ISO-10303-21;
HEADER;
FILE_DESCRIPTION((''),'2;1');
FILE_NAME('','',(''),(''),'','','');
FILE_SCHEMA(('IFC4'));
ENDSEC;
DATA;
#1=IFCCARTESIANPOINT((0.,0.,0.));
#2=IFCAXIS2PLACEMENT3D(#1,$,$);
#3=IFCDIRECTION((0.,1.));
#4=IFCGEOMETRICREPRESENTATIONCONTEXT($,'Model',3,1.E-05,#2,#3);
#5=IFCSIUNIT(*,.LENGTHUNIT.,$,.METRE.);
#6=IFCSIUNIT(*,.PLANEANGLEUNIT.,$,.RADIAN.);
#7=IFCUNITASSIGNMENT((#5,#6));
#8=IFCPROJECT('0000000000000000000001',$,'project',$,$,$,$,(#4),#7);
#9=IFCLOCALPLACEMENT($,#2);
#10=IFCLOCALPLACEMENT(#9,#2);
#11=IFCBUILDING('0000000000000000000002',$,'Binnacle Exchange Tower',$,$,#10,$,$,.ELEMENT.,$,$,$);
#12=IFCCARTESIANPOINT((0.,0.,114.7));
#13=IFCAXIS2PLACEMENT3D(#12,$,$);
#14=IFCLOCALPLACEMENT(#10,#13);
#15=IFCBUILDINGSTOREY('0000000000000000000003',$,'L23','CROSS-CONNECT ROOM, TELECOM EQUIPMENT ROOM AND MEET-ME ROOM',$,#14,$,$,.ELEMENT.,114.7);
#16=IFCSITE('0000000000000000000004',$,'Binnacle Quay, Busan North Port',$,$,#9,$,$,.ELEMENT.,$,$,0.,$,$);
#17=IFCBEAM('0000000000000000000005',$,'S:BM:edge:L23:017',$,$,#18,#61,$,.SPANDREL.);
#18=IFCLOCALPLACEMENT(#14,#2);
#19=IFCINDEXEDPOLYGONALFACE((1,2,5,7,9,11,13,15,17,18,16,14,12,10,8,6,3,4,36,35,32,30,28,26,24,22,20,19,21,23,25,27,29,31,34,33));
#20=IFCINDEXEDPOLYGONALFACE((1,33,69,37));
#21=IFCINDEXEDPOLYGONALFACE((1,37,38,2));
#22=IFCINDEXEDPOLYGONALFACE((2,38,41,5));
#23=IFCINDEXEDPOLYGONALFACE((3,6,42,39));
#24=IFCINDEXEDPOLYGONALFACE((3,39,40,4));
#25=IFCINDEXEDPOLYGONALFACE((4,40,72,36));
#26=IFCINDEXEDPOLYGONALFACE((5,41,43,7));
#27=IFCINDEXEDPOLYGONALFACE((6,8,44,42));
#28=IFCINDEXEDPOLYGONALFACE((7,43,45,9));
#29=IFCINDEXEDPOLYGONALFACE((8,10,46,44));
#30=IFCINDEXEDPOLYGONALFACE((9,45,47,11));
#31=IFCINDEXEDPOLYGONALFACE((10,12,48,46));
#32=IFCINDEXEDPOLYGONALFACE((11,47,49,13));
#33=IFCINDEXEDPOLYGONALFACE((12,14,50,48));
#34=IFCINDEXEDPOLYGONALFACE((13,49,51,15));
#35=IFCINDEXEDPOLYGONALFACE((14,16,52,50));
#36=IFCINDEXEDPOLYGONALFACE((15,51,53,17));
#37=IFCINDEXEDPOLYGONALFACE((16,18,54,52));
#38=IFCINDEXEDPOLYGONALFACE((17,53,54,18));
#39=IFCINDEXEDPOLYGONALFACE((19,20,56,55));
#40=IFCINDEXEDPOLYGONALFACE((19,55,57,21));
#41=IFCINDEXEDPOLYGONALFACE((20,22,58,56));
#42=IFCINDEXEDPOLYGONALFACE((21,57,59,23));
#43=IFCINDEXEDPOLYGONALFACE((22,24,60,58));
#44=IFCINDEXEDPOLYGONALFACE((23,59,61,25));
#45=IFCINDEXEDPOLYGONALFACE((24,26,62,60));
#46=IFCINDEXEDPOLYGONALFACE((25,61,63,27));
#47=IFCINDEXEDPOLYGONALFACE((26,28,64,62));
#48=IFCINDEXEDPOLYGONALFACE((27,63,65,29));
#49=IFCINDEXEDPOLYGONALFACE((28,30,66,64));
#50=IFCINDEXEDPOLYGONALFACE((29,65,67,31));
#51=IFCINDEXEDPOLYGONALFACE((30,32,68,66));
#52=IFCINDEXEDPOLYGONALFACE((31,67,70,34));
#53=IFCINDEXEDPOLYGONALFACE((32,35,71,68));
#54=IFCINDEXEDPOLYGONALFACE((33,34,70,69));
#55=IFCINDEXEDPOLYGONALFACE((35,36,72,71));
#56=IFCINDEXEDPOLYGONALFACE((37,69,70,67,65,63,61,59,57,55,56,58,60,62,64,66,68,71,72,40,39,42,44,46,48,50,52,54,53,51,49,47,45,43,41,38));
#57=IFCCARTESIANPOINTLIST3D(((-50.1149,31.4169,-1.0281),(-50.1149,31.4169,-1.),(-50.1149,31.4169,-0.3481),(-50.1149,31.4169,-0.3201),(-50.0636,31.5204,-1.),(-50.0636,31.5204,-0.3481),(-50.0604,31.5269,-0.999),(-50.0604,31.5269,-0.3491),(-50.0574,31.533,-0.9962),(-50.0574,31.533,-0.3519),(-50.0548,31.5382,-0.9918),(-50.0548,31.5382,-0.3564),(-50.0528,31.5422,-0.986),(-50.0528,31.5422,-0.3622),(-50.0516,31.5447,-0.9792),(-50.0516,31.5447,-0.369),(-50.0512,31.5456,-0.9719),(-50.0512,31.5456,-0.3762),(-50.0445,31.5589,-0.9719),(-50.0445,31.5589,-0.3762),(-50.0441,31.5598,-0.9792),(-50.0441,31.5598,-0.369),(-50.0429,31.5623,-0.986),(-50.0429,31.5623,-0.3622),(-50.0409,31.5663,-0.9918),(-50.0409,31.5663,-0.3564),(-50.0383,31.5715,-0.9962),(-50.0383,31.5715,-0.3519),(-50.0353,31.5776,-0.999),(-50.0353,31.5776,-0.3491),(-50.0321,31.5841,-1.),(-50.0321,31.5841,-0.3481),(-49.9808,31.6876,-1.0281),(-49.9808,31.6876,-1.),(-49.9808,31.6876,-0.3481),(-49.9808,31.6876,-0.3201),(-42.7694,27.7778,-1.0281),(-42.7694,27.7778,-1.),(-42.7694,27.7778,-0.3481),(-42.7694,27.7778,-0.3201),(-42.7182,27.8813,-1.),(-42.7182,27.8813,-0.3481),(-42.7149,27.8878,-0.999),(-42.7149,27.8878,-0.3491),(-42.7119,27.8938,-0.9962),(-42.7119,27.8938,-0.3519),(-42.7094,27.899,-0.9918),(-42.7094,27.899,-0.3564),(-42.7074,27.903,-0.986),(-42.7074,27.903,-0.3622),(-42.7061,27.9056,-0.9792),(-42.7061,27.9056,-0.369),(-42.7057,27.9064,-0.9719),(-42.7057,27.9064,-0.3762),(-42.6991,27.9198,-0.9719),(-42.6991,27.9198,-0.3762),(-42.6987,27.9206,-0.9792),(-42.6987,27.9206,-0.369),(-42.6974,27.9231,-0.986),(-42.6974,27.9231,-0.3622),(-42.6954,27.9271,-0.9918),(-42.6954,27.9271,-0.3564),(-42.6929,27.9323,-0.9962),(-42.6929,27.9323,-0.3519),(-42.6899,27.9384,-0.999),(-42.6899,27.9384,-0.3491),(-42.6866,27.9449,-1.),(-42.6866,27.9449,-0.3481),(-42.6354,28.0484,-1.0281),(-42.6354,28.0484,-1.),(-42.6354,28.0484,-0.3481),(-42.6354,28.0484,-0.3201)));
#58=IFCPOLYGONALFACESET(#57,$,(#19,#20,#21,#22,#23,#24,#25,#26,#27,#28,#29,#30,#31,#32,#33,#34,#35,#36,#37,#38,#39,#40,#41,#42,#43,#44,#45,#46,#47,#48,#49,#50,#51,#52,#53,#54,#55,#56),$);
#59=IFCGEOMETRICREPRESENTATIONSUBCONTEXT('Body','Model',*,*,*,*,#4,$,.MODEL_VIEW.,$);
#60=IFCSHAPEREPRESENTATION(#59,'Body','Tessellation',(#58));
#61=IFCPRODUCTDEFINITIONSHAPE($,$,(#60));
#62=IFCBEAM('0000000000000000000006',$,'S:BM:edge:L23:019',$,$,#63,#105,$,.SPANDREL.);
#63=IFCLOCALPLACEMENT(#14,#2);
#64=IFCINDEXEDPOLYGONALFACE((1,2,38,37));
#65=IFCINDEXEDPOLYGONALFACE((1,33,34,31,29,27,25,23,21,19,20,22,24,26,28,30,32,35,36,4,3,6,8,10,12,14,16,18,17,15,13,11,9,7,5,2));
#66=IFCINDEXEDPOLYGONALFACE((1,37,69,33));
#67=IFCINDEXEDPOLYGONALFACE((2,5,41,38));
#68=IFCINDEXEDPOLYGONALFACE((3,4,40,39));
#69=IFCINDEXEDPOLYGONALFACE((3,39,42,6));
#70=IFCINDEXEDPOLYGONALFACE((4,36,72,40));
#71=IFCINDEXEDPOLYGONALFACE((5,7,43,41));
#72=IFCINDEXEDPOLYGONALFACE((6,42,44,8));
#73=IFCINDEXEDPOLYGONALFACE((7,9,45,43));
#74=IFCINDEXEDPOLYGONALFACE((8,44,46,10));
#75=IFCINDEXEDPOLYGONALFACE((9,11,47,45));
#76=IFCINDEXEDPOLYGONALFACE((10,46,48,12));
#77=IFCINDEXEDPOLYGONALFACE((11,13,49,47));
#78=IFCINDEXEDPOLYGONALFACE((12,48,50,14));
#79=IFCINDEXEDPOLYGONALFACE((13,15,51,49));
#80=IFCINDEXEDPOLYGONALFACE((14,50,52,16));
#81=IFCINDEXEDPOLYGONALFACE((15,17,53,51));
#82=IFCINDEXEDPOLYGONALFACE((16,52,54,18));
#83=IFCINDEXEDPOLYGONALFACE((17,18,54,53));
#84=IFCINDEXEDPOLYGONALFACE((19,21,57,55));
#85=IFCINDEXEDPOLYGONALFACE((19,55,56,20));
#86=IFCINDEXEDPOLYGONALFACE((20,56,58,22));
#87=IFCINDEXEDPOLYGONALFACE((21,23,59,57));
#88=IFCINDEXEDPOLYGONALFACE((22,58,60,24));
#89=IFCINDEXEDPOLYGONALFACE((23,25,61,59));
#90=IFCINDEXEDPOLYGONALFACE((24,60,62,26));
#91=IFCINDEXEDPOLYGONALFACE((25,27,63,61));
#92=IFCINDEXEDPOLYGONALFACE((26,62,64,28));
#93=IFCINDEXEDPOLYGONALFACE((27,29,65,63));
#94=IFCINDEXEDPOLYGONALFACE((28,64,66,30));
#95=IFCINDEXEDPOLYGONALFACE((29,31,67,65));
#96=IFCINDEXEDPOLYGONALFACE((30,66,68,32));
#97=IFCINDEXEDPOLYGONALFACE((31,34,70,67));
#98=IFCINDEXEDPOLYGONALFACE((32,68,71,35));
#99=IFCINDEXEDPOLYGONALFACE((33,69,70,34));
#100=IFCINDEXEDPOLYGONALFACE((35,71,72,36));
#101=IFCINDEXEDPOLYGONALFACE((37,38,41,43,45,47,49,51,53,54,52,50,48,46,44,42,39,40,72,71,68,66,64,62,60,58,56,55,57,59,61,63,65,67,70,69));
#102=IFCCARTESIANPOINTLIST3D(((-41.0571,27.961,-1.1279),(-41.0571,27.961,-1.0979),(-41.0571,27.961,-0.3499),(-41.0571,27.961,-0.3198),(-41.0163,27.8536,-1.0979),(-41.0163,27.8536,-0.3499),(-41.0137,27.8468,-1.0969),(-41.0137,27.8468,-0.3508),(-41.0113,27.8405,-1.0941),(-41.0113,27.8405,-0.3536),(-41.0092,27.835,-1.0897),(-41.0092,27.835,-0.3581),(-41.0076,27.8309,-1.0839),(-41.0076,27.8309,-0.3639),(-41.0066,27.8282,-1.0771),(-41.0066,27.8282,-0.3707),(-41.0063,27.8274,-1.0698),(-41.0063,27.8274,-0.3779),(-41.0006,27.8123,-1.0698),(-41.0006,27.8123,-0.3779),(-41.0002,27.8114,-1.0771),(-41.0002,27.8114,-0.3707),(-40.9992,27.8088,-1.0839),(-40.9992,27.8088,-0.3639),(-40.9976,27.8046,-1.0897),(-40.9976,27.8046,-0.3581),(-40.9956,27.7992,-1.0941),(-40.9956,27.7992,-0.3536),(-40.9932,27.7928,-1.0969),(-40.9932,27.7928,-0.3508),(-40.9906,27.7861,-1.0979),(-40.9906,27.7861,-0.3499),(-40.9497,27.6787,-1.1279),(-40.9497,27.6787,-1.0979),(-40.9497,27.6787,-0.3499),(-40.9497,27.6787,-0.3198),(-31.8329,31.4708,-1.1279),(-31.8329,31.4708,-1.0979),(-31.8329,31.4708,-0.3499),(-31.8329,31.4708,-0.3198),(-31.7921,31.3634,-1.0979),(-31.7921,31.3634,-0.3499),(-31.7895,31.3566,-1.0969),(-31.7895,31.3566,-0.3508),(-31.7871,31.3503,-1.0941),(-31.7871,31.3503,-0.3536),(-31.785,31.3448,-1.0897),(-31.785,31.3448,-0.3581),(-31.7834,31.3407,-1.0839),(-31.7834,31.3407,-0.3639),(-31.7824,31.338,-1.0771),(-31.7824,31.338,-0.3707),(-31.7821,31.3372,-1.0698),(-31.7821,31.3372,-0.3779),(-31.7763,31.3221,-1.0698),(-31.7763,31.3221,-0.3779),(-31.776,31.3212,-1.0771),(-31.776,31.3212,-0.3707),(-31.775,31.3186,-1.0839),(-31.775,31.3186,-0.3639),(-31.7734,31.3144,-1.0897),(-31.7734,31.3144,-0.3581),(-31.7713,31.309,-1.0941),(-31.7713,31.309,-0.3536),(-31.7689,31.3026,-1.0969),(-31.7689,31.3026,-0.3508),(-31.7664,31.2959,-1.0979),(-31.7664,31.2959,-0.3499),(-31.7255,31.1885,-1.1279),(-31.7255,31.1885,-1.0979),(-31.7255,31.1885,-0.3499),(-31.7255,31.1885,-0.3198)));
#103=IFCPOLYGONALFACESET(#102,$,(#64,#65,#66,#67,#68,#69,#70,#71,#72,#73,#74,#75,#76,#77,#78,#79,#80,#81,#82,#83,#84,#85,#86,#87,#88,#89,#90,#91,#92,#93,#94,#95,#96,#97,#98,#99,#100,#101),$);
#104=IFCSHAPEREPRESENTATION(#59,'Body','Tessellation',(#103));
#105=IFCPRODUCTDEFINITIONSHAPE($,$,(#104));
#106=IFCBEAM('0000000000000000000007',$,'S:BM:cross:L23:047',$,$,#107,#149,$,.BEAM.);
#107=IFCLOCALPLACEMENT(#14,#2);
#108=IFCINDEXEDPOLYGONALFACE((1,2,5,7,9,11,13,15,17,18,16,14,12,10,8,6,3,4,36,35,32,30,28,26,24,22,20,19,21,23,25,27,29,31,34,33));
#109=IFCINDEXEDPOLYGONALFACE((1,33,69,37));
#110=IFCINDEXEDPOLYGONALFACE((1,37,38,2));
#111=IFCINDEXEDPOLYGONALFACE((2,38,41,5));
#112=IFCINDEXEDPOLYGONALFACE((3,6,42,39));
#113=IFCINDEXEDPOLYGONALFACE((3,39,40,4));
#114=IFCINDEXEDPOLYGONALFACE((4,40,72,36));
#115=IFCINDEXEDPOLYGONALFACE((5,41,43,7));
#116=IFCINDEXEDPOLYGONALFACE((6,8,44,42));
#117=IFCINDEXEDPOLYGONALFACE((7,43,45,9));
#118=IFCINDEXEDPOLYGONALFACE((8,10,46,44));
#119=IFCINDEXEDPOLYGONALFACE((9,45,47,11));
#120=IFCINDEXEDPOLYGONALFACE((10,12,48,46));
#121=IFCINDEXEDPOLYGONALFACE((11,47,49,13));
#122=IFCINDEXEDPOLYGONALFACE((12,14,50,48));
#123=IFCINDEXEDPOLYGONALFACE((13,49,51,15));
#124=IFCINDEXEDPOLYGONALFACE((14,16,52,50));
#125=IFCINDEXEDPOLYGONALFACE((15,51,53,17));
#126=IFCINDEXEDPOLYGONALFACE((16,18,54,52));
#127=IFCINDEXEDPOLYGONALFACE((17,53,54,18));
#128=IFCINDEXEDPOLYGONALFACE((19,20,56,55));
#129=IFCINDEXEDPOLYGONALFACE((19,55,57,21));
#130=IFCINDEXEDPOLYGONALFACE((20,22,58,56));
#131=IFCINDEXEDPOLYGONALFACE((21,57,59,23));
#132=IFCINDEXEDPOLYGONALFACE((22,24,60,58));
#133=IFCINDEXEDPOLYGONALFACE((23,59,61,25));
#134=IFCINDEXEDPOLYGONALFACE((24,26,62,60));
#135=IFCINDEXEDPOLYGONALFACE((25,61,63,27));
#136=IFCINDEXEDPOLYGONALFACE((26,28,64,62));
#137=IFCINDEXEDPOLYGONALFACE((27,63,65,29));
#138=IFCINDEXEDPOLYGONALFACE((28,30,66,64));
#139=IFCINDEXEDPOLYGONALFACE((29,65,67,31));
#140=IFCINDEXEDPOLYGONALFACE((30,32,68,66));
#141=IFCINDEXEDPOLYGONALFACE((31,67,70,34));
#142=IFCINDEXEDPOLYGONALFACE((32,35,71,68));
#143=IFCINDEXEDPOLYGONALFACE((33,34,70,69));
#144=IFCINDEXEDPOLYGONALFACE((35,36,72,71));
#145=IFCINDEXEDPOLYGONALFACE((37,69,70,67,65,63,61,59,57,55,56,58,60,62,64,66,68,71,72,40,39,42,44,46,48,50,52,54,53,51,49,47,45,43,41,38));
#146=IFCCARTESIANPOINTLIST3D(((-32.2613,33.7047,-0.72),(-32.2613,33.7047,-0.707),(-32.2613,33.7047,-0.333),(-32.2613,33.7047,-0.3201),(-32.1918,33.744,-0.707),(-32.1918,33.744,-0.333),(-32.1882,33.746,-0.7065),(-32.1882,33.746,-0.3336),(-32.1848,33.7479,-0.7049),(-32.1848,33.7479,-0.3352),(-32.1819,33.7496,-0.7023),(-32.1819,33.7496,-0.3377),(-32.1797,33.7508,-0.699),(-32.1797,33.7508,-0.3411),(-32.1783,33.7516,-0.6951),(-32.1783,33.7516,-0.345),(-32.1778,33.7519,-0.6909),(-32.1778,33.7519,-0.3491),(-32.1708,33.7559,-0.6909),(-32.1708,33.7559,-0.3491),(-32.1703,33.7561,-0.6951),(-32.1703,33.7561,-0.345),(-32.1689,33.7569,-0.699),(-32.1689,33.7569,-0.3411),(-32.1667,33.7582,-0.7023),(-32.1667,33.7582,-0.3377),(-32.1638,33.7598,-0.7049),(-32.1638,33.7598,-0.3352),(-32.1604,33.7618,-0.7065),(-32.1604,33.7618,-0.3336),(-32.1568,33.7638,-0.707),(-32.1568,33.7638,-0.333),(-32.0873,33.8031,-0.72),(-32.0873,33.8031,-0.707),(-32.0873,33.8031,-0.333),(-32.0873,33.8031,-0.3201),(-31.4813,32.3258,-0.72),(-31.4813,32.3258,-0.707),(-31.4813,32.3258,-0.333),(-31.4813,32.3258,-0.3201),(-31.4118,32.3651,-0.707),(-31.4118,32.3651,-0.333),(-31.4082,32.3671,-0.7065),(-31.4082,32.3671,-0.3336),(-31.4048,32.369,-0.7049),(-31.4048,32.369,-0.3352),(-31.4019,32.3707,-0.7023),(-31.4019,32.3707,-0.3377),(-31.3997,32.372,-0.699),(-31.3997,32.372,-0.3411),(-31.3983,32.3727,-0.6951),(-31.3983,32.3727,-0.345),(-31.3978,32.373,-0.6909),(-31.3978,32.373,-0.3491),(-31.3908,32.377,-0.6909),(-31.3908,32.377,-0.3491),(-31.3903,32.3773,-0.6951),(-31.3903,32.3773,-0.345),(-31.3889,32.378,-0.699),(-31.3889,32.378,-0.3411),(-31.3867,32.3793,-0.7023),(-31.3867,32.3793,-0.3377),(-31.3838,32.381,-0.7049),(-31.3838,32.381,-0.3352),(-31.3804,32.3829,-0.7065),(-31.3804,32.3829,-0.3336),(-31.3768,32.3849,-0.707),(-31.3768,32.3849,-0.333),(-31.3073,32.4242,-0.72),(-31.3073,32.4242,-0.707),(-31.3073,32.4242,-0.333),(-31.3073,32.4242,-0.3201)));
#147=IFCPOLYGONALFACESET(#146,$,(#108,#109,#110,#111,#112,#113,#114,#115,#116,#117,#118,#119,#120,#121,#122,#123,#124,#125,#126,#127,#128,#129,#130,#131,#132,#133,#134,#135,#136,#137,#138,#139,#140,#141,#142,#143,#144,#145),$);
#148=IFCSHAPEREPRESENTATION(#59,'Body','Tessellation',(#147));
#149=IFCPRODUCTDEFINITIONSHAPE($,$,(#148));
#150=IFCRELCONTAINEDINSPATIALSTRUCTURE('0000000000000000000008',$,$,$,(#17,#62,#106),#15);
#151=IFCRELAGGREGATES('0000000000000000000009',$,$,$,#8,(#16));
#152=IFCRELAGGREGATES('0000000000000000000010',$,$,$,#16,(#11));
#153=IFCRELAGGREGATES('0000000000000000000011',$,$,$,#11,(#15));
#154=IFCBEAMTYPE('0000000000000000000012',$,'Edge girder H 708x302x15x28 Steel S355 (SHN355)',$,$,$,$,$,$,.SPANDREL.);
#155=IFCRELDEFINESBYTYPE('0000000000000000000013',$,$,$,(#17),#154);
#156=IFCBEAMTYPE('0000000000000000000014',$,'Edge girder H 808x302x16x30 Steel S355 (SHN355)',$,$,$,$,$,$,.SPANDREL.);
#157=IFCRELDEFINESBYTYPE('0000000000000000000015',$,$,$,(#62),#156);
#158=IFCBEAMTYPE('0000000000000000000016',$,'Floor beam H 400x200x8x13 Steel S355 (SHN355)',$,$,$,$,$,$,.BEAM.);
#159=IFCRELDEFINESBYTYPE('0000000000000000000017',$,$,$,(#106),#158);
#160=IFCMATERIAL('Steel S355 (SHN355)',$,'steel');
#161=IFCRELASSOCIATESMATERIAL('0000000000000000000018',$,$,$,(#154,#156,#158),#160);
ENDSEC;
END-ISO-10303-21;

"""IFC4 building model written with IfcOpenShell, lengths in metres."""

from ifc_helpers import new_model, si_unit, direction, frame, origin, origin_2d, place, context, subcontext, project, spatial, i_section, extrude, material, material_profile, profile_set, type_object, element, save


model = new_model("IFC4")

# Units and contexts
model_context = context("Model", 3, precision=1e-05, world=origin(), true_north=direction((0.0, 1.0)))
body_context = subcontext(model_context, "Body", "Model", "MODEL_VIEW")
ifc_project = project(units=[si_unit("LENGTHUNIT", "METRE"), si_unit("PLANEANGLEUNIT", "RADIAN")], contexts=[model_context])

# Site, building, storey
site_placement = place(None, origin())
site = spatial("IfcSite", under=ifc_project, at=site_placement, Name="Binnacle Quay, Busan North Port", CompositionType="ELEMENT", RefElevation=0.0)
building_placement = place(site_placement, origin())
building = spatial("IfcBuilding", under=site, at=building_placement, Name="Binnacle Exchange Tower", CompositionType="ELEMENT")
storey_placement = place(building_placement, frame((0.0, 0.0, 114.7)))
storey = spatial("IfcBuildingStorey", under=building, at=storey_placement, Name="L23", Description="CROSS-CONNECT ROOM, TELECOM EQUIPMENT ROOM AND MEET-ME ROOM", CompositionType="ELEMENT", Elevation=114.7)

# Beams
ifc_material_1 = material(Name="Steel S355 (SHN355)", Category="steel")
ifc_material_profile_1 = material_profile(ifc_material_1, i_section(OverallWidth=0.302, OverallDepth=0.708, WebThickness=0.0149, FlangeThickness=0.0281, FilletRadius=0.0281, at=origin_2d()), Name="H 708x302x15x28")
ifc_profile_set_1 = profile_set([ifc_material_profile_1], Name="Steel S355 (SHN355)")
beam_type_1 = type_object("IfcBeamType", Name="Edge girder H 708x302x15x28 Steel S355 (SHN355)", PredefinedType="SPANDREL", material=ifc_profile_set_1)
beam_1_placement = place(storey_placement, frame((-50.0479, 31.5522, -0.6741), z_axis=(0.896059, -0.443935, 0.0), x_axis=(0.443935, 0.896059, 0.0)))
element("IfcBeam", 1, at=beam_1_placement, inside=storey, type_object=beam_type_1, Name="S:BM:edge:L23:017", PredefinedType="SPANDREL", context=body_context, shape_type="SweptSolid", body=[
    extrude(i_section(OverallWidth=0.302, OverallDepth=0.708, WebThickness=0.0149, FlangeThickness=0.0281, FilletRadius=0.0281, at=origin_2d()), origin(), (0.0, 0.0, 1.0), 8.1975),
])
ifc_material_profile_2 = material_profile(ifc_material_1, i_section(OverallWidth=0.302, OverallDepth=0.8081, WebThickness=0.0161, FlangeThickness=0.03, FilletRadius=0.0281, at=origin_2d()), Name="H 808x302x16x30")
ifc_profile_set_2 = profile_set([ifc_material_profile_2], Name="Steel S355 (SHN355)")
beam_type_2 = type_object("IfcBeamType", Name="Edge girder H 808x302x16x30 Steel S355 (SHN355)", PredefinedType="SPANDREL", material=ifc_profile_set_2)
beam_2_placement = place(storey_placement, frame((-41.0034, 27.8198, -0.7239), z_axis=(0.934629, 0.355625, 0.0), x_axis=(-0.355625, 0.934629, 0.0)))
element("IfcBeam", 2, at=beam_2_placement, inside=storey, type_object=beam_type_2, Name="S:BM:edge:L23:019", PredefinedType="SPANDREL", context=body_context, shape_type="SweptSolid", body=[
    extrude(i_section(OverallWidth=0.302, OverallDepth=0.8081, WebThickness=0.0161, FlangeThickness=0.03, FilletRadius=0.0281, at=origin_2d()), origin(), (0.0, 0.0, 1.0), 9.8694),
])
ifc_material_profile_3 = material_profile(ifc_material_1, i_section(OverallWidth=0.2, OverallDepth=0.3999, WebThickness=0.0081, FlangeThickness=0.0129, FilletRadius=0.0161, at=origin_2d()), Name="H 400x200x8x13")
ifc_profile_set_3 = profile_set([ifc_material_profile_3], Name="Steel S355 (SHN355)")
beam_type_3 = type_object("IfcBeamType", Name="Floor beam H 400x200x8x13 Steel S355 (SHN355)", PredefinedType="BEAM", material=ifc_profile_set_3)
beam_3_placement = place(storey_placement, frame((-31.3943, 32.375, -0.52), z_axis=(-0.492367, 0.870388, 0.0), x_axis=(-0.870388, -0.492367, 0.0)))
element("IfcBeam", 3, at=beam_3_placement, inside=storey, type_object=beam_type_3, Name="S:BM:cross:L23:047", PredefinedType="BEAM", context=body_context, shape_type="SweptSolid", body=[
    extrude(i_section(OverallWidth=0.2, OverallDepth=0.3999, WebThickness=0.0081, FlangeThickness=0.0129, FilletRadius=0.0161, at=origin_2d()), origin(), (0.0, 0.0, 1.0), 1.5842),
])

save(model, "model.ifc")
